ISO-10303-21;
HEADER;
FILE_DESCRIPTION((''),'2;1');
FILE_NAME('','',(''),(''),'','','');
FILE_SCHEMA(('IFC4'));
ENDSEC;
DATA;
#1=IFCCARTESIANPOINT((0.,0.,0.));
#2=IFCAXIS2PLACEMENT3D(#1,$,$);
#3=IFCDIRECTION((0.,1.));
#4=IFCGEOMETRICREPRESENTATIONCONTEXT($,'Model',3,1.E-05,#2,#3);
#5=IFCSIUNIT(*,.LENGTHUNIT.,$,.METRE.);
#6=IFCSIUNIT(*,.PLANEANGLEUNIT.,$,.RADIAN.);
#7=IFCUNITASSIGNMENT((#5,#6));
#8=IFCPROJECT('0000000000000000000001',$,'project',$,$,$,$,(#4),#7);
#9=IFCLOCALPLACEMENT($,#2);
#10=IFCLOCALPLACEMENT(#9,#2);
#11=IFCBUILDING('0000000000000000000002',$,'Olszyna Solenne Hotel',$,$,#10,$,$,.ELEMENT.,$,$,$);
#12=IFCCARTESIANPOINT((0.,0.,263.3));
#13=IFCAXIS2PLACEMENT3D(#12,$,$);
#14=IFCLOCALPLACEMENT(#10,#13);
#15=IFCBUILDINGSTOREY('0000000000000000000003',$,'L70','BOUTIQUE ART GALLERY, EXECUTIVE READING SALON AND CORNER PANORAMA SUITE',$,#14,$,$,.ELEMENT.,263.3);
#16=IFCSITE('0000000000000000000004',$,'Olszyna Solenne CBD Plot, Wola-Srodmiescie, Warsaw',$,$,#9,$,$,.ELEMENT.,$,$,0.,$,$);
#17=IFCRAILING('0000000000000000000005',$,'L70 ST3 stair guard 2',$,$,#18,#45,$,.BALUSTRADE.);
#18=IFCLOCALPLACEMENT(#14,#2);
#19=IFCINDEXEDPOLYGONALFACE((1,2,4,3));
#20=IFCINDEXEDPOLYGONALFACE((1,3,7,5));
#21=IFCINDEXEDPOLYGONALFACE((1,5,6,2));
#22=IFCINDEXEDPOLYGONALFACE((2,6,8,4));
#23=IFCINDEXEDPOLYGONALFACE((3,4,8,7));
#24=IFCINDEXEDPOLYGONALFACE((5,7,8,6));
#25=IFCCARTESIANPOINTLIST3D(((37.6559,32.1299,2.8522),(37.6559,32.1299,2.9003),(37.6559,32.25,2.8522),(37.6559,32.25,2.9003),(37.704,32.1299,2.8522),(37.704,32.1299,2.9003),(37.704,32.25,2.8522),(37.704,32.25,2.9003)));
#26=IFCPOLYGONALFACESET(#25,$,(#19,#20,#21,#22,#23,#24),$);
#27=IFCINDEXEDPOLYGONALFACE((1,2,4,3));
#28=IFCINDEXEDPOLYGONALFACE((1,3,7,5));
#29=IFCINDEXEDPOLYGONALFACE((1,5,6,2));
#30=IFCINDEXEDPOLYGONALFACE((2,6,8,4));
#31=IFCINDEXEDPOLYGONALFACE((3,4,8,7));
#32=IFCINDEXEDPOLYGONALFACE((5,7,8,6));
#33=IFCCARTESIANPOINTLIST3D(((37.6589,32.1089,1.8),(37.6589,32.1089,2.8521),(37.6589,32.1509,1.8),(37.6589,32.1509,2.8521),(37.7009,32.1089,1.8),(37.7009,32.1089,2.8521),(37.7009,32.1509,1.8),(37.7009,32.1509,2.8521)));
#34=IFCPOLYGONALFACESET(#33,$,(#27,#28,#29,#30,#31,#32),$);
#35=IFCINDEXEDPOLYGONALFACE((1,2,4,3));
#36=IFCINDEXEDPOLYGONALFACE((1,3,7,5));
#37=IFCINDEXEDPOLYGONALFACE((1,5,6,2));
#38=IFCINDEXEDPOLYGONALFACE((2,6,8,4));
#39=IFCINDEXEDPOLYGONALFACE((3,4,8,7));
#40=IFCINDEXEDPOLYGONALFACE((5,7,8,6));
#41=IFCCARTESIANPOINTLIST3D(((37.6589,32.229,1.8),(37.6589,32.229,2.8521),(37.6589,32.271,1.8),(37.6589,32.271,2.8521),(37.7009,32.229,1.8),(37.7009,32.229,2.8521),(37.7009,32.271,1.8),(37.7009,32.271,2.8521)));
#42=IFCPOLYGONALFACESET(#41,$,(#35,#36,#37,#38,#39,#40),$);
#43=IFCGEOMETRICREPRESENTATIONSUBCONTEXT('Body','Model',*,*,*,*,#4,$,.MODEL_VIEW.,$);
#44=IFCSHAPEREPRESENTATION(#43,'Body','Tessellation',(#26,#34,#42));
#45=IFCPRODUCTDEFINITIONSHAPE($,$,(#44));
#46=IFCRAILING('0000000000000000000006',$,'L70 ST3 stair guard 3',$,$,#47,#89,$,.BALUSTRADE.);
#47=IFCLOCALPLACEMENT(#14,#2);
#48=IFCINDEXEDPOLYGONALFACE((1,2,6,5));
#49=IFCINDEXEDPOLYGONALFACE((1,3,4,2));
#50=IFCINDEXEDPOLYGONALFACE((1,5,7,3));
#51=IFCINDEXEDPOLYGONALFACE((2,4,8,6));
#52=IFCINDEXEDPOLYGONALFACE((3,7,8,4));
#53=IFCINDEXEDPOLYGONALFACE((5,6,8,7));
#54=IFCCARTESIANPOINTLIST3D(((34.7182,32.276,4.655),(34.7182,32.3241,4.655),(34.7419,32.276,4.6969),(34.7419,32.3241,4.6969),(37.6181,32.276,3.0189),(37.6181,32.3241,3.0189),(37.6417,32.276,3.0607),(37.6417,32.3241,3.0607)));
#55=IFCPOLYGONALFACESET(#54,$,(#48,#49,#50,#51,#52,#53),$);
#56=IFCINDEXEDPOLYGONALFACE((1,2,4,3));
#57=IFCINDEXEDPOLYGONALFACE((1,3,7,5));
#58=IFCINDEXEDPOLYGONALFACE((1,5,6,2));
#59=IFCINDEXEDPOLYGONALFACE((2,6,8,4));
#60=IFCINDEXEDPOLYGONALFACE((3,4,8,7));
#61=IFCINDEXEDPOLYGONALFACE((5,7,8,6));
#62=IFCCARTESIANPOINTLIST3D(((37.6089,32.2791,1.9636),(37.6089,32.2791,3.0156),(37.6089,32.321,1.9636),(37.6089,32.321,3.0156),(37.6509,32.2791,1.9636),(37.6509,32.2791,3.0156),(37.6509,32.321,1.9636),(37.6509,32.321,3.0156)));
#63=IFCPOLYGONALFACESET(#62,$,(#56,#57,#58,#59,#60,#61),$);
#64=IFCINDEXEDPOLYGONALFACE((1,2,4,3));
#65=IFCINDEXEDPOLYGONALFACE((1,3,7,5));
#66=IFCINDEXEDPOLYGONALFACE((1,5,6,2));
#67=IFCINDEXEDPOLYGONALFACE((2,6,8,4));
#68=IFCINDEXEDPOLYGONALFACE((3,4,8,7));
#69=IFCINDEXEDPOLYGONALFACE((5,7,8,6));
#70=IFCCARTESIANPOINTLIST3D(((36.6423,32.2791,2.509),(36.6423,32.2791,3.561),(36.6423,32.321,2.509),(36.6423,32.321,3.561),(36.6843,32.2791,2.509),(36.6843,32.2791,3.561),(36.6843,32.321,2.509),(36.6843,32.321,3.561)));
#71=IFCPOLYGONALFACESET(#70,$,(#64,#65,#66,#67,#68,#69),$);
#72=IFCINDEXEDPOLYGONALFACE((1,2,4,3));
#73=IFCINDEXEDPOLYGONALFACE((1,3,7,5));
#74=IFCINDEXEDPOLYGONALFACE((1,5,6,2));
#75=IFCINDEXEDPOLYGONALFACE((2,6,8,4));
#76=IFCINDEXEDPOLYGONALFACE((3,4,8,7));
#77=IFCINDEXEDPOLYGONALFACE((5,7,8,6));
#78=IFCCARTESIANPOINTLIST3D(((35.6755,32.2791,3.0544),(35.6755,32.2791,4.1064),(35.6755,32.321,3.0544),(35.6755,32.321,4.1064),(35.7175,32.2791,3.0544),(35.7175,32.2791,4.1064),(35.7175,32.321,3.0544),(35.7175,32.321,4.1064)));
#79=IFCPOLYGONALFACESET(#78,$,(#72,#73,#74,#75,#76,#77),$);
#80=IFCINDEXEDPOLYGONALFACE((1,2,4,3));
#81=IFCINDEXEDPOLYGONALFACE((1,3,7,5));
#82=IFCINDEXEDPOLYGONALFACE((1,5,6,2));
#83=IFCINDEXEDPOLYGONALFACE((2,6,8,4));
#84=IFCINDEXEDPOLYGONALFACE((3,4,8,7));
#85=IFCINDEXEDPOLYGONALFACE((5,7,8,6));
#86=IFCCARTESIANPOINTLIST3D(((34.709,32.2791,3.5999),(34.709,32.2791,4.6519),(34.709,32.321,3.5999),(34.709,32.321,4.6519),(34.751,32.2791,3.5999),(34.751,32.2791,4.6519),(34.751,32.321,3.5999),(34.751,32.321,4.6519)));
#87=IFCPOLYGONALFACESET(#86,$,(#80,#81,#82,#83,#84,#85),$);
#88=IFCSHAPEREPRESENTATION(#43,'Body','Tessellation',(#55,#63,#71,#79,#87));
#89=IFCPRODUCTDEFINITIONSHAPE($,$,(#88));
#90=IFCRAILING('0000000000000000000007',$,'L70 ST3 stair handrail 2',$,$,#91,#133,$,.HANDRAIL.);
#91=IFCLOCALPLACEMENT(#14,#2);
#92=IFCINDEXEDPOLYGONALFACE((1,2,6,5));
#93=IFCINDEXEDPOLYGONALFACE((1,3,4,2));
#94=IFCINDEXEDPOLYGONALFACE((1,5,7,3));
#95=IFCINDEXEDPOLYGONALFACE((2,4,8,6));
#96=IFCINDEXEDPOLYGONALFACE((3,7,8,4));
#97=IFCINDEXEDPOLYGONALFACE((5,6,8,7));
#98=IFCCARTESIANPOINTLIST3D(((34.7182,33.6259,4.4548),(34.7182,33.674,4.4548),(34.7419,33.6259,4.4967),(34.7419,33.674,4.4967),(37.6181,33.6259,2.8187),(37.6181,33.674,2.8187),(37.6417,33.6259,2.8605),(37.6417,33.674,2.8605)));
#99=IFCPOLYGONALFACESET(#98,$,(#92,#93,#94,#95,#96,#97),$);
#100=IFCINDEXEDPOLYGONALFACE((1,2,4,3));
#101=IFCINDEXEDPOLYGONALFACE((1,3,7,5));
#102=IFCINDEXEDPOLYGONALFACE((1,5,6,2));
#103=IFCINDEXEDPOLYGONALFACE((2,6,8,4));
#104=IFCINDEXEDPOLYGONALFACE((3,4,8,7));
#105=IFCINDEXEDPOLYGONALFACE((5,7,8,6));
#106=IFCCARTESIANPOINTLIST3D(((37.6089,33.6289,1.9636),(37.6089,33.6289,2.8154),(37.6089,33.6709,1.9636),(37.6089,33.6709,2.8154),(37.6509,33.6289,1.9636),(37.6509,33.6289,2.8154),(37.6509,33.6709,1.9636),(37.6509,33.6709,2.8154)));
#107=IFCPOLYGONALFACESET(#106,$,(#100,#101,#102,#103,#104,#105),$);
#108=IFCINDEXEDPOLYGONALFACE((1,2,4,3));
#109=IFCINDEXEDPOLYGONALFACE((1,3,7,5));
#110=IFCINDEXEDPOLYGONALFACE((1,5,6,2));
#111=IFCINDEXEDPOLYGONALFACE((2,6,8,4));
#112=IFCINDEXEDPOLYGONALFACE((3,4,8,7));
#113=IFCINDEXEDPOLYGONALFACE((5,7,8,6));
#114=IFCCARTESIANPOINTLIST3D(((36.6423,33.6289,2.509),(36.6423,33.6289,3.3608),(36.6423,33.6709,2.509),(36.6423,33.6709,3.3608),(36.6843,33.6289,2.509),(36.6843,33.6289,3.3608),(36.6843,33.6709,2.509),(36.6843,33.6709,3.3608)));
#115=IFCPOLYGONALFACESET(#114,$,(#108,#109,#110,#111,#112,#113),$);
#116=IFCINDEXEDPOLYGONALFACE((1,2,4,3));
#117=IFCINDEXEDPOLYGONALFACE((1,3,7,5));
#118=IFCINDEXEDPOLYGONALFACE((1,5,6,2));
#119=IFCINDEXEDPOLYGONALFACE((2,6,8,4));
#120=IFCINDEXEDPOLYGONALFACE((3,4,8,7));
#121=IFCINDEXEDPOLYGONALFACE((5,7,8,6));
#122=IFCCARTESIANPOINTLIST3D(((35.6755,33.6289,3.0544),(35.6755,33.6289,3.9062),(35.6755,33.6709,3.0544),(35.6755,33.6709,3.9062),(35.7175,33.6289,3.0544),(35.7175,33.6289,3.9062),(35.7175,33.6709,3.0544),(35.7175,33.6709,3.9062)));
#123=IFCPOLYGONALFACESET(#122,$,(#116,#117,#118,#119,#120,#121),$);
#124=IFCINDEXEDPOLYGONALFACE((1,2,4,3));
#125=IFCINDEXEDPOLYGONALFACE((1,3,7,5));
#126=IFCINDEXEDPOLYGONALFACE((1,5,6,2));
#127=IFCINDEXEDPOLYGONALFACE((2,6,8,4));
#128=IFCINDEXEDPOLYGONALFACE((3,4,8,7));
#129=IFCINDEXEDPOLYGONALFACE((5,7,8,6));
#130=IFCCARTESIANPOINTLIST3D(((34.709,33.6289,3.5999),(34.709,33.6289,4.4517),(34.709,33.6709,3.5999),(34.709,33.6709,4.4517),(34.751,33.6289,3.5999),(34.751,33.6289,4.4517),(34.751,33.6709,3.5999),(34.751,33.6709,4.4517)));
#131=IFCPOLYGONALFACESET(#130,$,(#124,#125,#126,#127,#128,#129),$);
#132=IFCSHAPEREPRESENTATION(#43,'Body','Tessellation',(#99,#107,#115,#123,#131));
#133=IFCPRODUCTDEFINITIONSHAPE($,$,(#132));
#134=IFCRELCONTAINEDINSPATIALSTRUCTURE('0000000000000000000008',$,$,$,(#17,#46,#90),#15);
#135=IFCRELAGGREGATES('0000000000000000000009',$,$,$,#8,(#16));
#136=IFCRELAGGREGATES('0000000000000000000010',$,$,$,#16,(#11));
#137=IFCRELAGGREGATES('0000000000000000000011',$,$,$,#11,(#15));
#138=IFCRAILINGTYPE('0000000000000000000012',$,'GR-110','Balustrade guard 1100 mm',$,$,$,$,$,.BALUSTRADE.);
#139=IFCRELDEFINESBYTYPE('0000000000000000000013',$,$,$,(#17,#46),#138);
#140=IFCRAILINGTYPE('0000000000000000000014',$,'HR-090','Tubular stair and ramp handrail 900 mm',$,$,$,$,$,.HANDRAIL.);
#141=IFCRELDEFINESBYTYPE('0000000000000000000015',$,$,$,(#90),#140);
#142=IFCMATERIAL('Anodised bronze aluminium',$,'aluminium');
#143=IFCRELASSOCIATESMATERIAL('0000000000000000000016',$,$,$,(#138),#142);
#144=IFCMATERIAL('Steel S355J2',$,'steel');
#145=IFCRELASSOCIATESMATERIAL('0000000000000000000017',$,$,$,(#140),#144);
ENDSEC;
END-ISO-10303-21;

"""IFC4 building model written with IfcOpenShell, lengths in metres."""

from ifc_helpers import new_model, si_unit, direction, frame, origin, origin_2d, place, context, subcontext, project, spatial, rectangle, extrude, material, type_object, element, save


model = new_model("IFC4")

# Units and contexts
model_context = context("Model", 3, precision=1e-05, world=origin(), true_north=direction((0.0, 1.0)))
body_context = subcontext(model_context, "Body", "Model", "MODEL_VIEW")
ifc_project = project(units=[si_unit("LENGTHUNIT", "METRE"), si_unit("PLANEANGLEUNIT", "RADIAN")], contexts=[model_context])

# Site, building, storey
site_placement = place(None, origin())
site = spatial("IfcSite", under=ifc_project, at=site_placement, Name="Olszyna Solenne CBD Plot, Wola-Srodmiescie, Warsaw", CompositionType="ELEMENT", RefElevation=0.0)
building_placement = place(site_placement, origin())
building = spatial("IfcBuilding", under=site, at=building_placement, Name="Olszyna Solenne Hotel", CompositionType="ELEMENT")
storey_placement = place(building_placement, frame((0.0, 0.0, 263.3)))
storey = spatial("IfcBuildingStorey", under=building, at=storey_placement, Name="L70", Description="BOUTIQUE ART GALLERY, EXECUTIVE READING SALON AND CORNER PANORAMA SUITE", CompositionType="ELEMENT", Elevation=263.3)

# Shared definitions
ifc_material_1 = material(Name="Steel S355J2", Category="steel")

# Shared definitions
ifc_material_2 = material(Name="Anodised bronze aluminium", Category="aluminium")

# Railings
railing_type_1 = type_object("IfcRailingType", Name="GR-110", Description="Balustrade guard 1100 mm", PredefinedType="BALUSTRADE", material=ifc_material_2)
railing_1_placement = place(storey_placement, frame((37.6799, 32.1299, 1.8)))
element("IfcRailing", 1, at=railing_1_placement, inside=storey, type_object=railing_type_1, Name="L70 ST3 stair guard 2", PredefinedType="BALUSTRADE", context=body_context, shape_type="SweptSolid", body=[
    extrude(rectangle(XDim=0.0481, YDim=0.0481, at=origin_2d()), frame((0.0, 0.0, 1.0762), z_axis=(0.0, 1.0, 0.0), x_axis=(-1.0, 0.0, 0.0)), (0.0, 0.0, 1.0), 0.1201),
    extrude(rectangle(XDim=0.042, YDim=0.042, at=origin_2d()), origin(), (0.0, 0.0, 1.0), 1.052),
    extrude(rectangle(XDim=0.042, YDim=0.042, at=origin_2d()), frame((0.0, 0.1201, 0.0)), (0.0, 0.0, 1.0), 1.052),
])
railing_2_placement = place(storey_placement, frame((37.6299, 32.3, 1.9636)))
element("IfcRailing", 2, at=railing_2_placement, inside=storey, type_object=railing_type_1, Name="L70 ST3 stair guard 3", PredefinedType="BALUSTRADE", context=body_context, shape_type="SweptSolid", body=[
    extrude(rectangle(XDim=0.0481, YDim=0.0481, at=origin_2d()), frame((0.0, 0.0, 1.0762), z_axis=(-0.870929, 0.0, 0.49141), x_axis=(0.0, -1.0, 0.0)), (0.0, 0.0, 1.0), 3.3296),
    extrude(rectangle(XDim=0.042, YDim=0.042, at=origin_2d()), origin(), (0.0, 0.0, 1.0), 1.052),
    extrude(rectangle(XDim=0.042, YDim=0.042, at=origin_2d()), frame((-0.9666, 0.0, 0.5454)), (0.0, 0.0, 1.0), 1.052),
    extrude(rectangle(XDim=0.042, YDim=0.042, at=origin_2d()), frame((-1.9333, 0.0, 1.0908)), (0.0, 0.0, 1.0), 1.052),
    extrude(rectangle(XDim=0.042, YDim=0.042, at=origin_2d()), frame((-2.8999, 0.0, 1.6362)), (0.0, 0.0, 1.0), 1.052),
])
railing_type_2 = type_object("IfcRailingType", Name="HR-090", Description="Tubular stair and ramp handrail 900 mm", PredefinedType="HANDRAIL", material=ifc_material_1)
railing_3_placement = place(storey_placement, frame((37.6299, 33.6499, 1.9636)))
element("IfcRailing", 3, at=railing_3_placement, inside=storey, type_object=railing_type_2, Name="L70 ST3 stair handrail 2", PredefinedType="HANDRAIL", context=body_context, shape_type="SweptSolid", body=[
    extrude(rectangle(XDim=0.0481, YDim=0.0481, at=origin_2d()), frame((0.0, 0.0, 0.876), z_axis=(-0.870929, 0.0, 0.49141), x_axis=(0.0, -1.0, 0.0)), (0.0, 0.0, 1.0), 3.3296),
    extrude(rectangle(XDim=0.042, YDim=0.042, at=origin_2d()), origin(), (0.0, 0.0, 1.0), 0.8518),
    extrude(rectangle(XDim=0.042, YDim=0.042, at=origin_2d()), frame((-0.9666, 0.0, 0.5454)), (0.0, 0.0, 1.0), 0.8518),
    extrude(rectangle(XDim=0.042, YDim=0.042, at=origin_2d()), frame((-1.9333, 0.0, 1.0908)), (0.0, 0.0, 1.0), 0.8518),
    extrude(rectangle(XDim=0.042, YDim=0.042, at=origin_2d()), frame((-2.8999, 0.0, 1.6362)), (0.0, 0.0, 1.0), 0.8518),
])

save(model, "model.ifc")
